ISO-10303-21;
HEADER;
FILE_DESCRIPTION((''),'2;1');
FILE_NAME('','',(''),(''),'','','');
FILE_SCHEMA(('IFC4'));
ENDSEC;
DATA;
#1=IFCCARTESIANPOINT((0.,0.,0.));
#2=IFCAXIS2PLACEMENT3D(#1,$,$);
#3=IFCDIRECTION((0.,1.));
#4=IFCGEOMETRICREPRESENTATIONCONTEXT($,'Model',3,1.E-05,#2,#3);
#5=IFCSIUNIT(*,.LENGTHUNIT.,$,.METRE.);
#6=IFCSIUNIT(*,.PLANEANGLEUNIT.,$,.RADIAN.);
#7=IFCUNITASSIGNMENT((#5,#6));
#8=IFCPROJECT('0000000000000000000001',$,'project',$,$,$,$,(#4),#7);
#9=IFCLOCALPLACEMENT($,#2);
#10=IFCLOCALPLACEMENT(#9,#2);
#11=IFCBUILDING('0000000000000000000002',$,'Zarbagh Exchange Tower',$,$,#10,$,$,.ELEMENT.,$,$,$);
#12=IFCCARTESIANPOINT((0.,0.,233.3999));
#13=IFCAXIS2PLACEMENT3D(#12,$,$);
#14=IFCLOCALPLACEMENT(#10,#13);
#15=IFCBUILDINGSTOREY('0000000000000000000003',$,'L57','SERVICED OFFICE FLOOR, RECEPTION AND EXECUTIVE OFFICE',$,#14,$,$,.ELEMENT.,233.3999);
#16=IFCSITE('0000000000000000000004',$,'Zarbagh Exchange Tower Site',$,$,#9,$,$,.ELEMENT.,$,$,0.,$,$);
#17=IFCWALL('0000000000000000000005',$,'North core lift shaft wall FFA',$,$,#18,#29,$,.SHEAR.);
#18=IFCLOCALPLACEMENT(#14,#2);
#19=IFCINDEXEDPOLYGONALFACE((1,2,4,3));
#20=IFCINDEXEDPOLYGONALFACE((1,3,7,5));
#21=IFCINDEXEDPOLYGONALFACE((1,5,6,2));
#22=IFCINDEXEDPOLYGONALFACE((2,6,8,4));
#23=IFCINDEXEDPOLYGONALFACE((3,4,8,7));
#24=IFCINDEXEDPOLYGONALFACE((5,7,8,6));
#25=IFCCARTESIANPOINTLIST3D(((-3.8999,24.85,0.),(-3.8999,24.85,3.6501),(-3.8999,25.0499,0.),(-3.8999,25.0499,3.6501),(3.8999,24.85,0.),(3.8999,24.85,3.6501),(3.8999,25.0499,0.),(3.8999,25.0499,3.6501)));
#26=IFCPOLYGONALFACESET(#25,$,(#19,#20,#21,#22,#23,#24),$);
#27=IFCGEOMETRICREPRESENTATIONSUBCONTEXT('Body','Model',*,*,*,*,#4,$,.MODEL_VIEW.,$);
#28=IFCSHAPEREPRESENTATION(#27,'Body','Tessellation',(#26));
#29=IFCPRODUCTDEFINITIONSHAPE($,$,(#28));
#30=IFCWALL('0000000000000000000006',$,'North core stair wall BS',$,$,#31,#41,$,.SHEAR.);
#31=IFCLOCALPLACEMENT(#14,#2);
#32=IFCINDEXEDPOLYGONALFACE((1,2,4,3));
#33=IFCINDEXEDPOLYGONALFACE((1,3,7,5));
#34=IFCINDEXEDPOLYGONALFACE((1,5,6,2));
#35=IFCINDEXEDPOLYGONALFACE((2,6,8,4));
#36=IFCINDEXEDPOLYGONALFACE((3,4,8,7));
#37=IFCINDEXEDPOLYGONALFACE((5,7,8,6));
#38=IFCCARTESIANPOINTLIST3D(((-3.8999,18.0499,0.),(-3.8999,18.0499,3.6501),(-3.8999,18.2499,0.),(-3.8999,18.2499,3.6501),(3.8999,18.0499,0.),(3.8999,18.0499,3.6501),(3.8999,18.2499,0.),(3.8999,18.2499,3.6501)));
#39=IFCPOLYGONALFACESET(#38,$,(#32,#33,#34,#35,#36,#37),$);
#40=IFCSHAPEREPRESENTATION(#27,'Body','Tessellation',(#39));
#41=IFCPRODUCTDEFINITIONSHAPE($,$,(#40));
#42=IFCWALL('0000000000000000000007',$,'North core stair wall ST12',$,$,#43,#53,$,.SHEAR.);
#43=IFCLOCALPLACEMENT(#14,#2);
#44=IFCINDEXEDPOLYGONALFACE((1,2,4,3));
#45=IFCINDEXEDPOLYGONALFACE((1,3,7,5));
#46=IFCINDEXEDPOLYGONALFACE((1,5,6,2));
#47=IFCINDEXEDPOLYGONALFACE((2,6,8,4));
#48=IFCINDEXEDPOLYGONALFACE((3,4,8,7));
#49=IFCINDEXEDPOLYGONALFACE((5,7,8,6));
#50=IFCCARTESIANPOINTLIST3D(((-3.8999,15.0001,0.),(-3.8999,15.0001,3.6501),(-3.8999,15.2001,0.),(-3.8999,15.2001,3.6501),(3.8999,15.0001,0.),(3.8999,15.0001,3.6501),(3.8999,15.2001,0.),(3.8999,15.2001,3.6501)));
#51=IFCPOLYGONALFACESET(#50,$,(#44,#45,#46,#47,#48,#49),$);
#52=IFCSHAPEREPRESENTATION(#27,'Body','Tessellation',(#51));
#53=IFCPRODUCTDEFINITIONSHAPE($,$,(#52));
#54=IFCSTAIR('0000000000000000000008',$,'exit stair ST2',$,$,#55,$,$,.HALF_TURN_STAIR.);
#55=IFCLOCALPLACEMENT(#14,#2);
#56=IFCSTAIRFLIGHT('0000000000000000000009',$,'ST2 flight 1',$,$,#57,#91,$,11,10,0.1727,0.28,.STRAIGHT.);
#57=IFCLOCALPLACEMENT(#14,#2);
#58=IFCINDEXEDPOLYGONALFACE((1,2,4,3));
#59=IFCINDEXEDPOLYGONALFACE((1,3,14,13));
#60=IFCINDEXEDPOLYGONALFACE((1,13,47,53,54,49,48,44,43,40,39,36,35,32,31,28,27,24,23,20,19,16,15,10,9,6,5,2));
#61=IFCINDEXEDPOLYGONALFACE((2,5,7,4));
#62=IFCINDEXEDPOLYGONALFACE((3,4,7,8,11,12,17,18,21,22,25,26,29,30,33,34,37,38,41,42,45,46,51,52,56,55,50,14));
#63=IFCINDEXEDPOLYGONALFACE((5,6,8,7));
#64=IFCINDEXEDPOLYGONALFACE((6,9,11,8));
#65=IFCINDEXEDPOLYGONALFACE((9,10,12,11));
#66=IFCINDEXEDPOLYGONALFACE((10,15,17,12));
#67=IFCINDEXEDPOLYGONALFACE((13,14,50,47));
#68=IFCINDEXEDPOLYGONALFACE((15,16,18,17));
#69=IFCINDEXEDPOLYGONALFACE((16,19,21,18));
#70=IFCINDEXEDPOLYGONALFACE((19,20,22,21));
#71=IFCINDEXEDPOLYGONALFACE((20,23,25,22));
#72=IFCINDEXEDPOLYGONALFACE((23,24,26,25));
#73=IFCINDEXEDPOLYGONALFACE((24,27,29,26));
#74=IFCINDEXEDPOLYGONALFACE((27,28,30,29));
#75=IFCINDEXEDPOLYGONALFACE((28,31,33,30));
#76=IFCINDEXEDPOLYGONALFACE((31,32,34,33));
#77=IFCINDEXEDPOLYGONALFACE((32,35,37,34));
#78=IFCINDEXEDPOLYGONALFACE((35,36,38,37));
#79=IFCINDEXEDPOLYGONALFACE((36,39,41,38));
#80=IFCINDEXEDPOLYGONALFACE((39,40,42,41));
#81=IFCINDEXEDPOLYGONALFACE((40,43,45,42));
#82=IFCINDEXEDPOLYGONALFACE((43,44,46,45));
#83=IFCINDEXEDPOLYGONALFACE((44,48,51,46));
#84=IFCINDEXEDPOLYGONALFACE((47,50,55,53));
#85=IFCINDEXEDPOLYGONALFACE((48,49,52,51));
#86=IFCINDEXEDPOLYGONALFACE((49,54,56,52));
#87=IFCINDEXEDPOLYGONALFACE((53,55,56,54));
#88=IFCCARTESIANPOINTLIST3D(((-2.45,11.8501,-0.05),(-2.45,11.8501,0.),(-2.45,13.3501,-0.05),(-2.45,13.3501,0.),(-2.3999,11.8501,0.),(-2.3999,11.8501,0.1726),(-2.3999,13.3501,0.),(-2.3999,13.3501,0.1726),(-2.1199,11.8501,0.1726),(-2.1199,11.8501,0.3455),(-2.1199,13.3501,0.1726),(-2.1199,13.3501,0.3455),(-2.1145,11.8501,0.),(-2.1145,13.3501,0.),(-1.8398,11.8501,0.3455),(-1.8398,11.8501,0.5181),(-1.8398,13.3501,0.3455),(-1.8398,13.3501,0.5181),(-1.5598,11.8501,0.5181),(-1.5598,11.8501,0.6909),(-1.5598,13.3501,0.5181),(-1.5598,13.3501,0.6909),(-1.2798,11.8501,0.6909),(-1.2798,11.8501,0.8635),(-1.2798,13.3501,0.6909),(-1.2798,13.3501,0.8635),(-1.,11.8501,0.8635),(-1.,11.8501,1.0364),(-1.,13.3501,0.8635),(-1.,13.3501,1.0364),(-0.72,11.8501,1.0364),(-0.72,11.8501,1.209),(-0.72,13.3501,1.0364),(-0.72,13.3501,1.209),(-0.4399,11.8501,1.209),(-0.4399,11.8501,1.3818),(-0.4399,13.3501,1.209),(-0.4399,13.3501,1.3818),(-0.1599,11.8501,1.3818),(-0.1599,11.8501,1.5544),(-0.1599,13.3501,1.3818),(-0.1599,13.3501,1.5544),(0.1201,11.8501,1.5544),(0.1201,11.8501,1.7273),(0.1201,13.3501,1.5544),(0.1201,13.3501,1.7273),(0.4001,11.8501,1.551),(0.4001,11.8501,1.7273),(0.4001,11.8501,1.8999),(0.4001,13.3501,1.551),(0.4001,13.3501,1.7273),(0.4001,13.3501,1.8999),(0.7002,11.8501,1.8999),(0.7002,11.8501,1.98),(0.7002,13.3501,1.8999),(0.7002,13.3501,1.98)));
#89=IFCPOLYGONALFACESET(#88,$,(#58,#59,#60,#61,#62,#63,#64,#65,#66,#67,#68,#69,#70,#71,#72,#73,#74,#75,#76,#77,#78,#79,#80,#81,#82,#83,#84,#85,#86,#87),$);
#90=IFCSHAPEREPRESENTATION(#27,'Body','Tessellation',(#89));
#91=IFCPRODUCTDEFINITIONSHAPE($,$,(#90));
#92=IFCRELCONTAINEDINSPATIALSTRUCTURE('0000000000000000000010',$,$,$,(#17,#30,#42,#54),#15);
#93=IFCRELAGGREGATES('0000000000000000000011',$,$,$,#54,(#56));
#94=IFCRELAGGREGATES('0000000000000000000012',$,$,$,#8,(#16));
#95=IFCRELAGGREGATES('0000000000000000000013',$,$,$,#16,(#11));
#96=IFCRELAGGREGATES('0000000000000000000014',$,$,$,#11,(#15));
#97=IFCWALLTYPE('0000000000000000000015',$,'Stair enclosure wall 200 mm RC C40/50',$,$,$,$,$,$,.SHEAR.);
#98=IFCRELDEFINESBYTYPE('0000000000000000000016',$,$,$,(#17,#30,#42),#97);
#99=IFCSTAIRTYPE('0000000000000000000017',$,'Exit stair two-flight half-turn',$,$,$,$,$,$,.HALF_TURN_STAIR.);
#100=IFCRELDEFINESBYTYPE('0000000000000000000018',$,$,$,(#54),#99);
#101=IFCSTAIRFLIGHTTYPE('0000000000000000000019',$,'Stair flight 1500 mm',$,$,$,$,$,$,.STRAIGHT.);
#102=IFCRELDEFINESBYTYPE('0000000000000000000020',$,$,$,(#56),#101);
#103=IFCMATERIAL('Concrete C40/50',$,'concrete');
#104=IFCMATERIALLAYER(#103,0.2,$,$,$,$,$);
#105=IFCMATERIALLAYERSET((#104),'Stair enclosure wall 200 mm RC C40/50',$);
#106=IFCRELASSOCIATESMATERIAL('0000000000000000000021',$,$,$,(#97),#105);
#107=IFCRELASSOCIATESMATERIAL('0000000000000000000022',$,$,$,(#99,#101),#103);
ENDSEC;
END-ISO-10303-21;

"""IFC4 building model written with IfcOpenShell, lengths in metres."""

from ifc_helpers import new_model, si_unit, direction, frame, frame_2d, origin, place, context, subcontext, project, spatial, polyline, rectangle, outline, extrude, material, layer, layer_set, type_object, element, aggregate, save


model = new_model("IFC4")

# Units and contexts
model_context = context("Model", 3, precision=1e-05, world=origin(), true_north=direction((0.0, 1.0)))
body_context = subcontext(model_context, "Body", "Model", "MODEL_VIEW")
ifc_project = project(units=[si_unit("LENGTHUNIT", "METRE"), si_unit("PLANEANGLEUNIT", "RADIAN")], contexts=[model_context])

# Site, building, storey
site_placement = place(None, origin())
site = spatial("IfcSite", under=ifc_project, at=site_placement, Name="Zarbagh Exchange Tower Site", CompositionType="ELEMENT", RefElevation=0.0)
building_placement = place(site_placement, origin())
building = spatial("IfcBuilding", under=site, at=building_placement, Name="Zarbagh Exchange Tower", CompositionType="ELEMENT")
storey_placement = place(building_placement, frame((0.0, 0.0, 233.3999)))
storey = spatial("IfcBuildingStorey", under=building, at=storey_placement, Name="L57", Description="SERVICED OFFICE FLOOR, RECEPTION AND EXECUTIVE OFFICE", CompositionType="ELEMENT", Elevation=233.3999)

# Walls
ifc_material_1 = material(Name="Concrete C40/50", Category="concrete")
ifc_layer_1 = layer(ifc_material_1, 0.2)
ifc_layer_set_1 = layer_set([ifc_layer_1], Name="Stair enclosure wall 200 mm RC C40/50")
wall_type_1 = type_object("IfcWallType", Name="Stair enclosure wall 200 mm RC C40/50", PredefinedType="SHEAR", material=ifc_layer_set_1)
for number, where, z_axis, x_axis, name in (
    (1, (-3.8999, 24.95, 0.0), (0.0, 0.0, 1.0), (1.0, 0.0, 0.0), "North core lift shaft wall FFA"),
    (2, (-3.8999, 18.1499, 0.0), (0.0, 0.0, 1.0), (1.0, 0.0, 0.0), "North core stair wall BS"),
    (3, (-3.8999, 15.1001, 0.0), (0.0, 0.0, 1.0), (1.0, 0.0, 0.0), "North core stair wall ST12"),
):
    element("IfcWall", number, at=place(storey_placement, frame(where, z_axis=z_axis, x_axis=x_axis)), inside=storey, type_object=wall_type_1, Name=name, PredefinedType="SHEAR", context=body_context, shape_type="SweptSolid", body=[
        extrude(rectangle(XDim=7.7998, YDim=0.2, at=frame_2d((3.8999, 0.0))), origin(), (0.0, 0.0, 1.0), 3.6501),
    ])

# Stair, stair flight
stair_type = type_object("IfcStairType", Name="Exit stair two-flight half-turn", PredefinedType="HALF_TURN_STAIR", material=ifc_material_1)
stair_placement = place(storey_placement, origin())
stair = element("IfcStair", 4, at=stair_placement, inside=storey, type_object=stair_type, Name="exit stair ST2", PredefinedType="HALF_TURN_STAIR")
stair_flight_type = type_object("IfcStairFlightType", Name="Stair flight 1500 mm", PredefinedType="STRAIGHT", material=ifc_material_1)
stair_flight_placement = place(storey_placement, frame((-2.3999, 12.6001, 0.0), z_axis=(0.0, 0.0, 1.0), x_axis=(1.0, 0.0, 0.0)))
stair_flight = element("IfcStairFlight", 5, at=stair_flight_placement, type_object=stair_flight_type, Name="ST2 flight 1", NumberOfRisers=11, NumberOfTreads=10, PredefinedType="STRAIGHT", RiserHeight=0.1727, TreadLength=0.28, context=body_context, shape_type="SweptSolid", body=[
    extrude(outline(polyline([(-0.05, -0.05), (-0.05, 0.0), (0.0, 0.0), (0.0, 0.1726), (0.28, 0.1726), (0.28, 0.3455), (0.5601, 0.3455), (0.5601, 0.5181), (0.8401, 0.5181), (0.8401, 0.6909), (1.1201, 0.6909), (1.1201, 0.8635), (1.3999, 0.8635), (1.3999, 1.0364), (1.6799, 1.0364), (1.6799, 1.209), (1.96, 1.209), (1.96, 1.3818), (2.24, 1.3818), (2.24, 1.5544), (2.52, 1.5544), (2.52, 1.7273), (2.8, 1.7273), (2.8, 1.8999), (3.1001, 1.98), (3.1001, 1.8999), (2.8, 1.551), (0.2854, 0.0), (-0.05, -0.05)])), frame((0.0, 0.75, 0.0), z_axis=(0.0, -1.0, 0.0), x_axis=(1.0, 0.0, 0.0)), (0.0, 0.0, 1.0), 1.5),
])
aggregate(stair, [stair_flight])

save(model, "model.ifc")
